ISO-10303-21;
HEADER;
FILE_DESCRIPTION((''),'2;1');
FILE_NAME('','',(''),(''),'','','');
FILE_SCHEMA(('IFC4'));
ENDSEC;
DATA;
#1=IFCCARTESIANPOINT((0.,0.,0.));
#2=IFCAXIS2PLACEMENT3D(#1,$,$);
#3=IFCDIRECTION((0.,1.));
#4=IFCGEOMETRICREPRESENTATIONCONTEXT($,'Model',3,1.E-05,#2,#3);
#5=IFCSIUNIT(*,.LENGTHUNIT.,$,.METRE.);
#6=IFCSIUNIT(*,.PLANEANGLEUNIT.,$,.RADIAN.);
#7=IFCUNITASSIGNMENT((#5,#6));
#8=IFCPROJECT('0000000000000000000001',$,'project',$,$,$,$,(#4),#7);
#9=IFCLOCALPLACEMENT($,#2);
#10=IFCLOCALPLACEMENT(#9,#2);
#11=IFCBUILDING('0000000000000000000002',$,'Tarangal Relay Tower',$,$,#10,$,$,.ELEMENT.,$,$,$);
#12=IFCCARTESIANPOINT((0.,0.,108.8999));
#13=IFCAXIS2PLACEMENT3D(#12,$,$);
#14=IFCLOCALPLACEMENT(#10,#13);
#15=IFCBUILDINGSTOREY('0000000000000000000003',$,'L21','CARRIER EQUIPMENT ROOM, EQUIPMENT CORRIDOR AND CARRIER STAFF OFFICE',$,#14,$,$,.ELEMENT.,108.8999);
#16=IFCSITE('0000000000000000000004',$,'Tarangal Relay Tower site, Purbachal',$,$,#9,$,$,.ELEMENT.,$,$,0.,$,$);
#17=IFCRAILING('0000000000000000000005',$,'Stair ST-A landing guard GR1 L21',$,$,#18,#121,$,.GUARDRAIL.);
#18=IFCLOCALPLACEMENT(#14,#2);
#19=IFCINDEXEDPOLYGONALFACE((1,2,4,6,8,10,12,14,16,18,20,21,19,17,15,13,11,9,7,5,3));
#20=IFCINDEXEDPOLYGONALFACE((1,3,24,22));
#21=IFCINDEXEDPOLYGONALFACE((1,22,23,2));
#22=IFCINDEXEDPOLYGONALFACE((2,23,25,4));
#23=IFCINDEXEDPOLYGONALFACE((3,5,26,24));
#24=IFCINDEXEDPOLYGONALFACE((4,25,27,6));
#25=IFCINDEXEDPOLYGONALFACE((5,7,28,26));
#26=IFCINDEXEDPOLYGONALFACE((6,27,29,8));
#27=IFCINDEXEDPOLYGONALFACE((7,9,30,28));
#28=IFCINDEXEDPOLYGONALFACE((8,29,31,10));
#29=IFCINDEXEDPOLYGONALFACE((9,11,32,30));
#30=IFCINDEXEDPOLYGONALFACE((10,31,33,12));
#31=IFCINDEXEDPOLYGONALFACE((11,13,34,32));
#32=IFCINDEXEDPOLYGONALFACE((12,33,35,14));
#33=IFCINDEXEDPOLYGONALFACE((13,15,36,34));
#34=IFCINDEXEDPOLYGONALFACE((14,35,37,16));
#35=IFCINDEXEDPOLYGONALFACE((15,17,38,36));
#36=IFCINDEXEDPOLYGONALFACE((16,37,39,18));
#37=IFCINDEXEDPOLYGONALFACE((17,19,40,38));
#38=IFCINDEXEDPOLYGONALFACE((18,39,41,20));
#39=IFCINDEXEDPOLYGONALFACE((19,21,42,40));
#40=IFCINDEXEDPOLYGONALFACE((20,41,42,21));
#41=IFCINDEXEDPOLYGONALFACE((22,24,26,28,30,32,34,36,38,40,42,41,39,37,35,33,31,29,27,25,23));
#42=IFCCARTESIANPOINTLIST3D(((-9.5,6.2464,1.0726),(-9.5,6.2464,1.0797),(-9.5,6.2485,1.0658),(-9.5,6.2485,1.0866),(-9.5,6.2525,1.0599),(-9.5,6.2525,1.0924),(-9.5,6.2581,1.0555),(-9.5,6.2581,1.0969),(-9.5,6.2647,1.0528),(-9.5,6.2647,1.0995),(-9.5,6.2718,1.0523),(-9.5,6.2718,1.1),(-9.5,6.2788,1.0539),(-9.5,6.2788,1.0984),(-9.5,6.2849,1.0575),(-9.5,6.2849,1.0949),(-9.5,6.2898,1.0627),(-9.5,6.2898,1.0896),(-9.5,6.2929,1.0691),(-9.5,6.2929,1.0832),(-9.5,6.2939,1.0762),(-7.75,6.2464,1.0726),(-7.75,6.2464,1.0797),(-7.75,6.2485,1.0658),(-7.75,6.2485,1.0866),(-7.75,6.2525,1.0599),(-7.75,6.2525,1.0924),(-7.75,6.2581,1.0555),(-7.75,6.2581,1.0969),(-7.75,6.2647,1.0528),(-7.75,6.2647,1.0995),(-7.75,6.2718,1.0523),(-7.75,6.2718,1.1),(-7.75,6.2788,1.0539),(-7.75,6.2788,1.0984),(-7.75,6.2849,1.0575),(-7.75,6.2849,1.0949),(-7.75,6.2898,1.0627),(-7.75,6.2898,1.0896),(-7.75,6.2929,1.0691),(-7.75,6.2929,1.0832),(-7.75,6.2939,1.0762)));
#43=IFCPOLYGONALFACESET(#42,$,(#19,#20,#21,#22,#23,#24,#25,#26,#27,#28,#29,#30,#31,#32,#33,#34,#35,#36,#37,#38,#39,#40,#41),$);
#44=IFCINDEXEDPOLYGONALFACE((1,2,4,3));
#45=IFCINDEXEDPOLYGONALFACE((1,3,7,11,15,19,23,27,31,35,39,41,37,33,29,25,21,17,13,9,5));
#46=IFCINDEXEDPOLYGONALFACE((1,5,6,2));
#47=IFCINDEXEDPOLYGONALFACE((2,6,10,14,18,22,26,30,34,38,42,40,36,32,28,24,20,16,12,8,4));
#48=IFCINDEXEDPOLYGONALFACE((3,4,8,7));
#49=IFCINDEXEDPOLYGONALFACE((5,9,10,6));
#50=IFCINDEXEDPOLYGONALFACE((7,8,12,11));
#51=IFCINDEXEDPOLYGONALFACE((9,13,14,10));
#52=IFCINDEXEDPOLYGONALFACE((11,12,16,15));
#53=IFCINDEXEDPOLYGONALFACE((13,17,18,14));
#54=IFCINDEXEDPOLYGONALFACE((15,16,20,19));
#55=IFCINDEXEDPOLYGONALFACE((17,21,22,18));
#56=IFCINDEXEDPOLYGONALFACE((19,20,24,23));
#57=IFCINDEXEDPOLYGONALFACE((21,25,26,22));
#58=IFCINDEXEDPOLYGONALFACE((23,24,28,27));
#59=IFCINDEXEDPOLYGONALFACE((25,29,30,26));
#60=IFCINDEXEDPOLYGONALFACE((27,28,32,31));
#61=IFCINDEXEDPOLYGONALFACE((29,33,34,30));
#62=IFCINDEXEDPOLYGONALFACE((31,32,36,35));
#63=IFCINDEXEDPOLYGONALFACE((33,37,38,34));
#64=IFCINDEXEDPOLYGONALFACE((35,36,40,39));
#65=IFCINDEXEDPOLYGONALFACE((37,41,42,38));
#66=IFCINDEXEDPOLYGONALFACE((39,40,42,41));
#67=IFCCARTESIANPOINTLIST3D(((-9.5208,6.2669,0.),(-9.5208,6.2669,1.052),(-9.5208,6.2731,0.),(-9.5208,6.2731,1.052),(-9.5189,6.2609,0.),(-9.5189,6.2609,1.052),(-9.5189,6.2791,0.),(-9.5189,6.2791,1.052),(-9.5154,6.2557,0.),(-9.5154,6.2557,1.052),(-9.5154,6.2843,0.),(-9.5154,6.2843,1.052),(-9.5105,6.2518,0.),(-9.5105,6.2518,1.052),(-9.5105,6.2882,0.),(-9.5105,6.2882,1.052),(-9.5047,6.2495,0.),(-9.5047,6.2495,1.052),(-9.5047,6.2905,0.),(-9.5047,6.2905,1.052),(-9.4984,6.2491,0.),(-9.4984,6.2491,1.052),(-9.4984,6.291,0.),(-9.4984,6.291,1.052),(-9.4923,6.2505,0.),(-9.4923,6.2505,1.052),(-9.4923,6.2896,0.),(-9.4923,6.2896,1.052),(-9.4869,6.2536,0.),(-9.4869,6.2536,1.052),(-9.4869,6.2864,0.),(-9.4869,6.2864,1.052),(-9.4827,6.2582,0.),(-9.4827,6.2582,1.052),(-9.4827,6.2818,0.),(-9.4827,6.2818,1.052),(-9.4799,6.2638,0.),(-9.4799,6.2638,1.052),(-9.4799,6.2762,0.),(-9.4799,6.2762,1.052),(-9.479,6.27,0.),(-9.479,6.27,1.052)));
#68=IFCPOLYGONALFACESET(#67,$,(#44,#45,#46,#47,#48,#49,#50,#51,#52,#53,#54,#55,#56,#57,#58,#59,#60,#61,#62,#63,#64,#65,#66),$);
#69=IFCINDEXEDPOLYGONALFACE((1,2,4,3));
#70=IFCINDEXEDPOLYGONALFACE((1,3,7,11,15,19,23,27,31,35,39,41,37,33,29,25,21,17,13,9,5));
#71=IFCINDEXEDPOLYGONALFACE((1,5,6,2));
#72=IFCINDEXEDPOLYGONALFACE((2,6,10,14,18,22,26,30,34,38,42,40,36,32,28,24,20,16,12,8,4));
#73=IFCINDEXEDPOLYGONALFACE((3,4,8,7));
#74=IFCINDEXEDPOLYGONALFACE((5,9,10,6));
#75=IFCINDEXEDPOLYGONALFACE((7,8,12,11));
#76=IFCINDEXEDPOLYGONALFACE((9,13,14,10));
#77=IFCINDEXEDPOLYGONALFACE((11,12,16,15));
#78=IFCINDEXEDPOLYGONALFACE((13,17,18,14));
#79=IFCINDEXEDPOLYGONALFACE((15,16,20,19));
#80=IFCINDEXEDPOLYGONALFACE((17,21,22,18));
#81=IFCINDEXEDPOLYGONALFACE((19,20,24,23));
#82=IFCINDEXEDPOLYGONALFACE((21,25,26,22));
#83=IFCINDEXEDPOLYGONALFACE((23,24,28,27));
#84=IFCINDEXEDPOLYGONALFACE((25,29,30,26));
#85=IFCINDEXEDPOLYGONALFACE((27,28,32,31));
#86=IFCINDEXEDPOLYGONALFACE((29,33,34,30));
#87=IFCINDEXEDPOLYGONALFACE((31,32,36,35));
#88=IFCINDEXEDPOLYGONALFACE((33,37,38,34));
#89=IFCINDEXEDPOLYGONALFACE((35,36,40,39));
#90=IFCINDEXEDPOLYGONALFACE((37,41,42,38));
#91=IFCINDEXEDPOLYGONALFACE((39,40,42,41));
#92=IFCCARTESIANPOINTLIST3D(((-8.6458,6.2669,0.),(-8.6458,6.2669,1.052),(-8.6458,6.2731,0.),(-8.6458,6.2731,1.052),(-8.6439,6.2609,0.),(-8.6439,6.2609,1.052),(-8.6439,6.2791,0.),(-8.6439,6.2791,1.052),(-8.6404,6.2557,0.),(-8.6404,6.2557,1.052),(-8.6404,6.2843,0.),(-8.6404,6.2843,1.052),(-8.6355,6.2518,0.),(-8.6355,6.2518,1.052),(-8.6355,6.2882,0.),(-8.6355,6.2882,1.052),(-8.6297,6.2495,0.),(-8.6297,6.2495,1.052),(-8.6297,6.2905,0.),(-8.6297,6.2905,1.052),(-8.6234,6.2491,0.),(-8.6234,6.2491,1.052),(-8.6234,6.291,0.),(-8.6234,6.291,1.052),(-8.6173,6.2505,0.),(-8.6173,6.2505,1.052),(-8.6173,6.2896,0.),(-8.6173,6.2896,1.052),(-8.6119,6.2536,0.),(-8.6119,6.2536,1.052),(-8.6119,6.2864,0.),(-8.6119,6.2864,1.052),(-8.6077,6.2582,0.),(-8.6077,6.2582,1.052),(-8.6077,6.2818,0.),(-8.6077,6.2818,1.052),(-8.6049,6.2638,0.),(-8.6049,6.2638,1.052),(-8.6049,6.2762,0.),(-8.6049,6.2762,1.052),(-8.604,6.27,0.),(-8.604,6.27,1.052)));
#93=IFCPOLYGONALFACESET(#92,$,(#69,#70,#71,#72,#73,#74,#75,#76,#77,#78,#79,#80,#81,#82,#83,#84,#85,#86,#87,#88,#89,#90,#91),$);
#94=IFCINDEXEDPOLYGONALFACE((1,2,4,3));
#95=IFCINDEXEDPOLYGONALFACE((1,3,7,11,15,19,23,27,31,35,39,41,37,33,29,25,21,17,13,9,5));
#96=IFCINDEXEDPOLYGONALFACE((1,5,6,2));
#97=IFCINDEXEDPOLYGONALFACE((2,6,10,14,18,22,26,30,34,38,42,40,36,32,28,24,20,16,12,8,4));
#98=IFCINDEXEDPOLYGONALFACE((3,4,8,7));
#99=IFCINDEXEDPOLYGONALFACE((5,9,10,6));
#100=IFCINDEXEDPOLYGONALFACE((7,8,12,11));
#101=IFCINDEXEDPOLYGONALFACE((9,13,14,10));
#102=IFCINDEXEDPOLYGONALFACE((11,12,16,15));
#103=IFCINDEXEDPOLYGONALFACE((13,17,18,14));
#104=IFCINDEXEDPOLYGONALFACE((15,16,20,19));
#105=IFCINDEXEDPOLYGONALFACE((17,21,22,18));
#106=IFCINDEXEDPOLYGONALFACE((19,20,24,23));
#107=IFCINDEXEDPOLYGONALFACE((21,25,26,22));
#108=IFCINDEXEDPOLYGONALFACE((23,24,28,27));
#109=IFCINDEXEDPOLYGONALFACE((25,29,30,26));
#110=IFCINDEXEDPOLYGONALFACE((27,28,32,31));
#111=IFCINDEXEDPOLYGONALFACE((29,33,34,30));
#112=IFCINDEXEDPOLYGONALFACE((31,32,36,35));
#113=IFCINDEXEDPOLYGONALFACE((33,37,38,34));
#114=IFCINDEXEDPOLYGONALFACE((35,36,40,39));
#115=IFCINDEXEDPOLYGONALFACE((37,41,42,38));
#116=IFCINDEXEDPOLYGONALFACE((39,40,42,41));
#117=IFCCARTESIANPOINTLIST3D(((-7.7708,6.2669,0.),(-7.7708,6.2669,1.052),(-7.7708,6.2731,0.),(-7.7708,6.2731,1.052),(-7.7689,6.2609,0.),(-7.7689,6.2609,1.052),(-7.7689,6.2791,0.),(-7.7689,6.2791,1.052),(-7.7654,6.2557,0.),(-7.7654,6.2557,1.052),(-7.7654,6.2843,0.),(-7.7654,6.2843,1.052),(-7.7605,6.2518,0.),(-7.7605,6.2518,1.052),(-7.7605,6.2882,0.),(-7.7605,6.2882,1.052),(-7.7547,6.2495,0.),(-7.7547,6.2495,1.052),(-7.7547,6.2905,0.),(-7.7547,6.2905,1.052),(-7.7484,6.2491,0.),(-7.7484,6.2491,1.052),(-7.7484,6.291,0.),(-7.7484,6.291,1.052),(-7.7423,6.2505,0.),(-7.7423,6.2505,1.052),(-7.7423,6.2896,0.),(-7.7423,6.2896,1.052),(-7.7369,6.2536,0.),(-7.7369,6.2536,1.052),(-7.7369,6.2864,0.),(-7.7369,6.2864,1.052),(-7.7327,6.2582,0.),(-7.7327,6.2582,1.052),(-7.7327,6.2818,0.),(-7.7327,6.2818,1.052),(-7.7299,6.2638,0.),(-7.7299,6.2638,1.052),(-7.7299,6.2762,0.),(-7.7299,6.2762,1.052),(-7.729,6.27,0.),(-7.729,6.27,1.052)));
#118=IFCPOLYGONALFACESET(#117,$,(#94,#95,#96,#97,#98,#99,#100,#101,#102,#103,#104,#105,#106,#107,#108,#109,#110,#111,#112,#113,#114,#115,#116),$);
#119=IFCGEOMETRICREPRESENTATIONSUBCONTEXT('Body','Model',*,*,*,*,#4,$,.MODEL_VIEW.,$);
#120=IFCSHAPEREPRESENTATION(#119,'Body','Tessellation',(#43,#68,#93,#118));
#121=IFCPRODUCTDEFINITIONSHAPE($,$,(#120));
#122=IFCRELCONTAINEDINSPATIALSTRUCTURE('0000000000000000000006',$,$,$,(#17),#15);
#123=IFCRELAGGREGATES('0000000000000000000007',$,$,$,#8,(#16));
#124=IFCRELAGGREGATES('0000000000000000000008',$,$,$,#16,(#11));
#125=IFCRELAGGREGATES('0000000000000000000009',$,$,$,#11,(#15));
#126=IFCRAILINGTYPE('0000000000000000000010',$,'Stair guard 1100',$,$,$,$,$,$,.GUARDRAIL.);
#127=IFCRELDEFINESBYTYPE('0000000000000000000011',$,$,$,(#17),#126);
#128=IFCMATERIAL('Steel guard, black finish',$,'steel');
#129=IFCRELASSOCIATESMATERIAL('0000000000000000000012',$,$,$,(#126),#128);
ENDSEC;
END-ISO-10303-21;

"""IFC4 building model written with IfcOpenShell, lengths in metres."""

from ifc_helpers import new_model, si_unit, direction, frame, origin, origin_2d, place, context, subcontext, project, spatial, circle, extrude, material, type_object, element, save


model = new_model("IFC4")

# Units and contexts
model_context = context("Model", 3, precision=1e-05, world=origin(), true_north=direction((0.0, 1.0)))
body_context = subcontext(model_context, "Body", "Model", "MODEL_VIEW")
ifc_project = project(units=[si_unit("LENGTHUNIT", "METRE"), si_unit("PLANEANGLEUNIT", "RADIAN")], contexts=[model_context])

# Site, building, storey
site_placement = place(None, origin())
site = spatial("IfcSite", under=ifc_project, at=site_placement, Name="Tarangal Relay Tower site, Purbachal", CompositionType="ELEMENT", RefElevation=0.0)
building_placement = place(site_placement, origin())
building = spatial("IfcBuilding", under=site, at=building_placement, Name="Tarangal Relay Tower", CompositionType="ELEMENT")
storey_placement = place(building_placement, frame((0.0, 0.0, 108.8999)))
storey = spatial("IfcBuildingStorey", under=building, at=storey_placement, Name="L21", Description="CARRIER EQUIPMENT ROOM, EQUIPMENT CORRIDOR AND CARRIER STAFF OFFICE", CompositionType="ELEMENT", Elevation=108.8999)

# Railing
ifc_material_1 = material(Name="Steel guard, black finish", Category="steel")
railing_type = type_object("IfcRailingType", Name="Stair guard 1100", PredefinedType="GUARDRAIL", material=ifc_material_1)
railing_1_placement = place(storey_placement, frame((-9.5, 6.27, 0.0)))
element("IfcRailing", 1, at=railing_1_placement, inside=storey, type_object=railing_type, Name="Stair ST-A landing guard GR1 L21", PredefinedType="GUARDRAIL", context=body_context, shape_type="SweptSolid", body=[
    extrude(circle(Radius=0.0239, at=origin_2d()), frame((0.0, 0.0, 1.0762), z_axis=(1.0, 0.0, 0.0), x_axis=(0.0, 1.0, 0.0)), (0.0, 0.0, 1.0), 1.75),
    extrude(circle(Radius=0.021, at=origin_2d()), origin(), (0.0, 0.0, 1.0), 1.052),
    extrude(circle(Radius=0.021, at=origin_2d()), frame((0.875, 0.0, 0.0)), (0.0, 0.0, 1.0), 1.052),
    extrude(circle(Radius=0.021, at=origin_2d()), frame((1.75, 0.0, 0.0)), (0.0, 0.0, 1.0), 1.052),
])

save(model, "model.ifc")
